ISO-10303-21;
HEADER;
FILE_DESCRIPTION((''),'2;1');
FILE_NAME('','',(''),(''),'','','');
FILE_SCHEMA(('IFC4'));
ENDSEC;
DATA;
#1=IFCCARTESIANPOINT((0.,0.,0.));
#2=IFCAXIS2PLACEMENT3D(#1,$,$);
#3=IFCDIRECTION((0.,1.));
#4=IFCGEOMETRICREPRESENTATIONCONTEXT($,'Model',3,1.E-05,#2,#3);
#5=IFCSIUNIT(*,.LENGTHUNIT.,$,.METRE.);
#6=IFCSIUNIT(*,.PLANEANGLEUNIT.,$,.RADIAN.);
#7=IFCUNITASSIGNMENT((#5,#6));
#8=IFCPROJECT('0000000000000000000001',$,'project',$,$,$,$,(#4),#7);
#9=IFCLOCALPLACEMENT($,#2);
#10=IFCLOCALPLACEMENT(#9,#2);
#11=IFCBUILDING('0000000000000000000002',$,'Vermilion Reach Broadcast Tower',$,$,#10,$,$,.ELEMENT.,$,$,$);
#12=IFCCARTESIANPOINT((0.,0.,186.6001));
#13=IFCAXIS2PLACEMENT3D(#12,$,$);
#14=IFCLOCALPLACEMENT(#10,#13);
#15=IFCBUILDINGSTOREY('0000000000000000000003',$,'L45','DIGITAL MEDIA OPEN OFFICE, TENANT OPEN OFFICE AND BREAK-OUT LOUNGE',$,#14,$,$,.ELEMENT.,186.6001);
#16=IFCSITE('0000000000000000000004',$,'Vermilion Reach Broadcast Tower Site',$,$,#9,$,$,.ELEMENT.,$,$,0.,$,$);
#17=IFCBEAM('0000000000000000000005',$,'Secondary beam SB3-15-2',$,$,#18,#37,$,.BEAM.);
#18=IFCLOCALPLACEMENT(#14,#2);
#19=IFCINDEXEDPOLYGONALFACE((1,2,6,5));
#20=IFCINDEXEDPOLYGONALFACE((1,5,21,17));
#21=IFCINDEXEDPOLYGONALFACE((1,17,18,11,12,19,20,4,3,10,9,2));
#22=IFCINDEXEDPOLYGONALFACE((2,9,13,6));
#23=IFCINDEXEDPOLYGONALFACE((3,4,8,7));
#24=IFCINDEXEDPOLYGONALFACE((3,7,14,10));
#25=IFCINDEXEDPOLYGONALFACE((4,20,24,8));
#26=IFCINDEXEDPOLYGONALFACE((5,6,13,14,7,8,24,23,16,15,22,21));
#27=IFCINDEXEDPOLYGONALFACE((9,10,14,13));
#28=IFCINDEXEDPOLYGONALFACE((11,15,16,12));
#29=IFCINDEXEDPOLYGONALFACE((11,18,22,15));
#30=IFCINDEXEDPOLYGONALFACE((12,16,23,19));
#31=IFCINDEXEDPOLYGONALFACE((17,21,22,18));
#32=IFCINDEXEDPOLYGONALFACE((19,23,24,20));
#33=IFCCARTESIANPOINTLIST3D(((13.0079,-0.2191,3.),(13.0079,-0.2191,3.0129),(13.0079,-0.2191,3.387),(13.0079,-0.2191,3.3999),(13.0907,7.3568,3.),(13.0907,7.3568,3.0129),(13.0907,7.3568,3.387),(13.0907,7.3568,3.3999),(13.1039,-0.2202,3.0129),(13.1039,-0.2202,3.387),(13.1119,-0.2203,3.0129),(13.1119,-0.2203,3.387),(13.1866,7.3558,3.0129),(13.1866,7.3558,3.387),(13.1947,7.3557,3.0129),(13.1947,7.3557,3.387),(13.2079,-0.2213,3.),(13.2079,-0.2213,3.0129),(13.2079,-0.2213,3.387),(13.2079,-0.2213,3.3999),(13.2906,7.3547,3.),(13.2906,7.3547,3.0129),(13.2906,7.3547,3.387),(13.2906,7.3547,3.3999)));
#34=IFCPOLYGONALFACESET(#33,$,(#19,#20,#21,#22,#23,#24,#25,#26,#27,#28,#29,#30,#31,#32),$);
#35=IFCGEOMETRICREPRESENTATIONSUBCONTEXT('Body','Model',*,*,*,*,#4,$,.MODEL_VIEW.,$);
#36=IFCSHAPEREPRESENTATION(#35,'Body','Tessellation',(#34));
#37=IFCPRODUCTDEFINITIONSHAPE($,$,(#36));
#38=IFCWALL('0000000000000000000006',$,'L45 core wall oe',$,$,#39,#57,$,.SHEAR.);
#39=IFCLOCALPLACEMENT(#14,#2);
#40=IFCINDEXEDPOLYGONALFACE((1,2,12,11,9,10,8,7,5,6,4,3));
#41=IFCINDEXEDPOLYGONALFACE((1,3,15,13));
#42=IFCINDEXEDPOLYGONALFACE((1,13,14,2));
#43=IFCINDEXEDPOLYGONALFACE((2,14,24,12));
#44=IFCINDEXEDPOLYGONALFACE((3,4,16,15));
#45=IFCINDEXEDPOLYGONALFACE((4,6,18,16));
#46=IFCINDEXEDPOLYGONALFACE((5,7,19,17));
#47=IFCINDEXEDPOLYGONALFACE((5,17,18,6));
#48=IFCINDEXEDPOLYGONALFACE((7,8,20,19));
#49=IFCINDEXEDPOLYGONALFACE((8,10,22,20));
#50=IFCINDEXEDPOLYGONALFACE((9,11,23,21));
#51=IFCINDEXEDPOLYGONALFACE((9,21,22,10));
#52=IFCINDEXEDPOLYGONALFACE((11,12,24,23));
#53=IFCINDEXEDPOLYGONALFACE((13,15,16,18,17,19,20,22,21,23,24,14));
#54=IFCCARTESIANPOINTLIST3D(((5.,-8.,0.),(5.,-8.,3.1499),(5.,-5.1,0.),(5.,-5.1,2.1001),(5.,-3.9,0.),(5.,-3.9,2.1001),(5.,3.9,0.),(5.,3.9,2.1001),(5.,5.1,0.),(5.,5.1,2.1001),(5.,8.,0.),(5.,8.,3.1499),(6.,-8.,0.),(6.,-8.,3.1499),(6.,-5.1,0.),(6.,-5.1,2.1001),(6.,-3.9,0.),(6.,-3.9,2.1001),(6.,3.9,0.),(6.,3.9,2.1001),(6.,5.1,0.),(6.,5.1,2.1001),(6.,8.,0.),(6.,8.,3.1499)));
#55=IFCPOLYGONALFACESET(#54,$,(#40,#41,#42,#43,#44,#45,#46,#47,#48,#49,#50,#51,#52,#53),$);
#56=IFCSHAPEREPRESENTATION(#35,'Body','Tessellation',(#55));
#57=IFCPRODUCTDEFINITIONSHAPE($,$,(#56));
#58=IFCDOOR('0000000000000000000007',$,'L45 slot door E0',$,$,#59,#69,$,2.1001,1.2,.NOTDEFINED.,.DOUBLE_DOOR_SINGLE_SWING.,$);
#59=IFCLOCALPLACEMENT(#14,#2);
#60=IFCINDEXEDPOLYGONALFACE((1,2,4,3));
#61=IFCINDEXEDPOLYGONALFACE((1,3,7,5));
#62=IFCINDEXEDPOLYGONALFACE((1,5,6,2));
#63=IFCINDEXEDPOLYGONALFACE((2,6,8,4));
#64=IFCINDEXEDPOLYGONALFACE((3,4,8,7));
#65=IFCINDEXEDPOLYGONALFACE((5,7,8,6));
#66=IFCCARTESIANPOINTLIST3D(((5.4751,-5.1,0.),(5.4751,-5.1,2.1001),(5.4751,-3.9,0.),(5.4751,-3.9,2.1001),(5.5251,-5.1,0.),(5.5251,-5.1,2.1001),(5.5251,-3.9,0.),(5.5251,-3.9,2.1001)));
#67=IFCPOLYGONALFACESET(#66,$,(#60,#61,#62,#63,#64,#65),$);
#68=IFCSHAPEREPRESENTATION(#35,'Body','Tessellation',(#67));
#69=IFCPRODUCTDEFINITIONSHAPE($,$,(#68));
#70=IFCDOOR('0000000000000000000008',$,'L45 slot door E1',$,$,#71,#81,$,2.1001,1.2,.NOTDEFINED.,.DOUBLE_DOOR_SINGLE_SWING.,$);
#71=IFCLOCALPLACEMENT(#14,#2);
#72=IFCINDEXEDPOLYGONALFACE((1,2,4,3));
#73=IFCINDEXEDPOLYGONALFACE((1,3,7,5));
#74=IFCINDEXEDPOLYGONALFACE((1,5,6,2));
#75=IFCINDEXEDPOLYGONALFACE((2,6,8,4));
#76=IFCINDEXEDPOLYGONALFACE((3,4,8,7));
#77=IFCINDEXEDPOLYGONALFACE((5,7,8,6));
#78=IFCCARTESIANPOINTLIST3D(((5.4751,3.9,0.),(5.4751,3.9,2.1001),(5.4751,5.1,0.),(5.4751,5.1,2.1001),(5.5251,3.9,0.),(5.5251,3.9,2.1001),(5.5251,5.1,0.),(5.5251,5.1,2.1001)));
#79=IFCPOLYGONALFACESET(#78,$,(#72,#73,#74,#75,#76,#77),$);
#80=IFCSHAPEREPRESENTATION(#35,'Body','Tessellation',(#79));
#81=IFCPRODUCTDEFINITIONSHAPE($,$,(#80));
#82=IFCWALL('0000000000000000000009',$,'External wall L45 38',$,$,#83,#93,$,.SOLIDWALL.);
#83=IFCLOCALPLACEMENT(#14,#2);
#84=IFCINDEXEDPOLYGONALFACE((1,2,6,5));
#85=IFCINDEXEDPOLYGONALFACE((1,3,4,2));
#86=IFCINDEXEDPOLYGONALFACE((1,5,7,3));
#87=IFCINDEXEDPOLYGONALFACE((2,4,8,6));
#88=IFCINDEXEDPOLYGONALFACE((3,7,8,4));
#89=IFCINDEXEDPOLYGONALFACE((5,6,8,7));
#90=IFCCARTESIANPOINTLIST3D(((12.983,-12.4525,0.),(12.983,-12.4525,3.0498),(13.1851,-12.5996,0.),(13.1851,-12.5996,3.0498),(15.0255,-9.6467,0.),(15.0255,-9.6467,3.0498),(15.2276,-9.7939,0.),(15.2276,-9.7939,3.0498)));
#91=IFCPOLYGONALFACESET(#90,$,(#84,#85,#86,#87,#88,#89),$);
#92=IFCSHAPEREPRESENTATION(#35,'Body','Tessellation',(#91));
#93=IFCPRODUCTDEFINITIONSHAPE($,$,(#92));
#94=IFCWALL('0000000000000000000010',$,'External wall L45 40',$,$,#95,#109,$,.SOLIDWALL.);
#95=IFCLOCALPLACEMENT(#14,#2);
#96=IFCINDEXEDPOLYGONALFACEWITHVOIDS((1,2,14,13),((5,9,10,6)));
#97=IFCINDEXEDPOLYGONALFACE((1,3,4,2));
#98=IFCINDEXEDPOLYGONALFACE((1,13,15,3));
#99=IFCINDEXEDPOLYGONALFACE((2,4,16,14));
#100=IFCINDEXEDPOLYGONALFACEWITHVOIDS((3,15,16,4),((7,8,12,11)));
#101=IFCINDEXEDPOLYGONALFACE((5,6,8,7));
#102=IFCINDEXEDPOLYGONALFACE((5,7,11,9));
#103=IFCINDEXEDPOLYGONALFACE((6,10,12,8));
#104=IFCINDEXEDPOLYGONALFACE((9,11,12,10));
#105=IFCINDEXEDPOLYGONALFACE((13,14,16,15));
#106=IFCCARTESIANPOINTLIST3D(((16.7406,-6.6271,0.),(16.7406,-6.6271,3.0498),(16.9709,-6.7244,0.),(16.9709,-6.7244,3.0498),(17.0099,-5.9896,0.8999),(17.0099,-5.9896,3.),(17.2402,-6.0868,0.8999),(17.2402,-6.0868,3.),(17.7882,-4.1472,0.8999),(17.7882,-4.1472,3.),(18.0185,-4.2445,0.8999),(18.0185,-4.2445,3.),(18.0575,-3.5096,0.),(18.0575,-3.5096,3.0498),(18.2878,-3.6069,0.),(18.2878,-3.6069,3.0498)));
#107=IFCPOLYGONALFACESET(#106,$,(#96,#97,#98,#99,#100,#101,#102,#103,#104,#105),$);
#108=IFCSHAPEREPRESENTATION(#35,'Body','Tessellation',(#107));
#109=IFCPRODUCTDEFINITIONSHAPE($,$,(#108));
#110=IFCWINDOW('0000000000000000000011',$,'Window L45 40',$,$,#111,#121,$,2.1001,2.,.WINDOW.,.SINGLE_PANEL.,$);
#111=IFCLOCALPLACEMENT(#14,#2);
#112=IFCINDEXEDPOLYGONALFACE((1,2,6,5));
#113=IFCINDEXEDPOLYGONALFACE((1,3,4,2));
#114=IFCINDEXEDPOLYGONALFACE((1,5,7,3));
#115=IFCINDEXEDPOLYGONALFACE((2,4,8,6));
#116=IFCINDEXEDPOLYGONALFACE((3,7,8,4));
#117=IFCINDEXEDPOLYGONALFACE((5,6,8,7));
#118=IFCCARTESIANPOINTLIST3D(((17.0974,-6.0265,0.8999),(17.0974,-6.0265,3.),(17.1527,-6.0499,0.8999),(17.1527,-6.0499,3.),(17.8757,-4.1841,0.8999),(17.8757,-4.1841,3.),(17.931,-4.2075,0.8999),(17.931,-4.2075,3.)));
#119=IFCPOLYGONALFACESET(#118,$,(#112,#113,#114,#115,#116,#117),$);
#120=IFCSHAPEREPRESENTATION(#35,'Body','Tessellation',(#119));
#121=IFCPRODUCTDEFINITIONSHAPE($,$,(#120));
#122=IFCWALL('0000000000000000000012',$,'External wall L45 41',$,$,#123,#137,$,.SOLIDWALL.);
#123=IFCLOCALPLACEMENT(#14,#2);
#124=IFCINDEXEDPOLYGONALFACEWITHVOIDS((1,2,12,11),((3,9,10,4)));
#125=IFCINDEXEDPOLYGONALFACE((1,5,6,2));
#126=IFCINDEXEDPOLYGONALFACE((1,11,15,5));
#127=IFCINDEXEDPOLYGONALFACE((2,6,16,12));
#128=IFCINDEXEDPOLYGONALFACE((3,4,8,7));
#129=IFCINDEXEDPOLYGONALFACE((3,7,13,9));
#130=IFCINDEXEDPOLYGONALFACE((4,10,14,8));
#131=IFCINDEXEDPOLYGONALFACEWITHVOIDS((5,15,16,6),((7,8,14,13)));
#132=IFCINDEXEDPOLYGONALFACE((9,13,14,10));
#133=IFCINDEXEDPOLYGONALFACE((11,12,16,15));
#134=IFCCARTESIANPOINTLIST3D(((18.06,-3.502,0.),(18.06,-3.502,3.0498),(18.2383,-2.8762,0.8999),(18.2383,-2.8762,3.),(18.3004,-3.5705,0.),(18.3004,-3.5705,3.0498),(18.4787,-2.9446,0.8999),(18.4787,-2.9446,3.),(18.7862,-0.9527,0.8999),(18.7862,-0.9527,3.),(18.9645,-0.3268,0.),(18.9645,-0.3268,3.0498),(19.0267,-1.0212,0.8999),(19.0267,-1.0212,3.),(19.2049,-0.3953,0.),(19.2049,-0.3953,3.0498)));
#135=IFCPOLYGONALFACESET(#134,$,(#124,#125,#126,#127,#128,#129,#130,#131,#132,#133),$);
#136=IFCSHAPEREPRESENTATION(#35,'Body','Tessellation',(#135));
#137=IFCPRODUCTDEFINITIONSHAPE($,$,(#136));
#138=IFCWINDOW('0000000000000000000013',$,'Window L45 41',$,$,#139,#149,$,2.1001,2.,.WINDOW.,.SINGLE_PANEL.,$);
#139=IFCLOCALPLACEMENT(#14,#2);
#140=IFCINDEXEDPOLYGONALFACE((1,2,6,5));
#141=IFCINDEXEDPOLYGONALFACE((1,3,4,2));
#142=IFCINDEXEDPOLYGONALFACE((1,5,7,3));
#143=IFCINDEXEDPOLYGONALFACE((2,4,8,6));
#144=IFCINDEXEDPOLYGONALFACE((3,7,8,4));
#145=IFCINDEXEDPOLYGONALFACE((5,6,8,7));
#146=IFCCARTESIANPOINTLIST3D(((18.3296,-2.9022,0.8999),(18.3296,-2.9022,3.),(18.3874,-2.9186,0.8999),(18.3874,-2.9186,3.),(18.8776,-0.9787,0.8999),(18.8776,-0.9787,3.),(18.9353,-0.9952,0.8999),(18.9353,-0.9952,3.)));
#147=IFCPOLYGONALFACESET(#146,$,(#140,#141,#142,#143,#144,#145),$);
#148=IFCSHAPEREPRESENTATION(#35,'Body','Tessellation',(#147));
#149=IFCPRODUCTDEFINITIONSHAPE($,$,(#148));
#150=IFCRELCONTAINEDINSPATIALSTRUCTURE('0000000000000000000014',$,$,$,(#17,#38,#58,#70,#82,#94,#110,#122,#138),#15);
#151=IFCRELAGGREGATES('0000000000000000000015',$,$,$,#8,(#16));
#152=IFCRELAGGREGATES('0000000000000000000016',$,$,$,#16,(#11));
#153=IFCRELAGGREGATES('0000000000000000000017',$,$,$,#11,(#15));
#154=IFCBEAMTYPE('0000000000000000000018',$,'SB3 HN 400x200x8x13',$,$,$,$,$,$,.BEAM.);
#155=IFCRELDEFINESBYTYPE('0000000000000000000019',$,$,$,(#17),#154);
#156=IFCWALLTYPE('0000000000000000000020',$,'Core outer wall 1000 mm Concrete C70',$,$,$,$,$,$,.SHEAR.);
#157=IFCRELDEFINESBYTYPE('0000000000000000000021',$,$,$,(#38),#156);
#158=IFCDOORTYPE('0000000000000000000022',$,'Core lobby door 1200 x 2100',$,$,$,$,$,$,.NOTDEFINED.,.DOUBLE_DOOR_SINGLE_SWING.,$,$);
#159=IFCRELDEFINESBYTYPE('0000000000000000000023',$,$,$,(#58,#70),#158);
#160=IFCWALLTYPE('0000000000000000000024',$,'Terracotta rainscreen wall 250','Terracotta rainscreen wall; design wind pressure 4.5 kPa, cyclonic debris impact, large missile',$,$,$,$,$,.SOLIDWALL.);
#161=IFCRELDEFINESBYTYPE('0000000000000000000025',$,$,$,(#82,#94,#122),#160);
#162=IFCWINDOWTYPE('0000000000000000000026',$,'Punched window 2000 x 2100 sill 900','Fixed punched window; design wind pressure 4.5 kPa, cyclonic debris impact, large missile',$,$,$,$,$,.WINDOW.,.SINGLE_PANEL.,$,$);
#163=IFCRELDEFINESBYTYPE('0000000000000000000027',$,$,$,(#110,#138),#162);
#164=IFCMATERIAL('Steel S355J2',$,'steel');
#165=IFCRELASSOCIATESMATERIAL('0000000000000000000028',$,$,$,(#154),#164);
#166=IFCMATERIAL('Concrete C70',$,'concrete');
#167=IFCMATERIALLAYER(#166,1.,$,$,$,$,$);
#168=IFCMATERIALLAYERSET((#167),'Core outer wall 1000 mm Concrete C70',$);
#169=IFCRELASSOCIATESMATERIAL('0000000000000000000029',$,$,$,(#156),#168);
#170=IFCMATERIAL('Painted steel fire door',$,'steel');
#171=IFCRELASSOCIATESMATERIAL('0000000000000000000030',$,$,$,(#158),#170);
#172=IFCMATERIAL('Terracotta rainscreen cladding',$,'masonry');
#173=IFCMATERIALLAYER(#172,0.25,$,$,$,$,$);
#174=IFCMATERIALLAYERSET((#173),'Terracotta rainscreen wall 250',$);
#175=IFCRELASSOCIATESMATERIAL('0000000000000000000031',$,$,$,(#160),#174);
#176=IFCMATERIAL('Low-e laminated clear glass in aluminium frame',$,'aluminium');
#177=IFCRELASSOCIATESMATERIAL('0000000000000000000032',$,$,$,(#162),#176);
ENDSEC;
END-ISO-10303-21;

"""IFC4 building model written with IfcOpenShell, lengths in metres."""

from ifc_helpers import new_model, si_unit, direction, frame, frame_2d, origin, origin_2d, place, context, subcontext, project, spatial, rectangle, i_section, extrude, material, layer, layer_set, material_profile, profile_set, type_object, element, fill, save


model = new_model("IFC4")

# Units and contexts
model_context = context("Model", 3, precision=1e-05, world=origin(), true_north=direction((0.0, 1.0)))
body_context = subcontext(model_context, "Body", "Model", "MODEL_VIEW")
ifc_project = project(units=[si_unit("LENGTHUNIT", "METRE"), si_unit("PLANEANGLEUNIT", "RADIAN")], contexts=[model_context])

# Site, building, storey
site_placement = place(None, origin())
site = spatial("IfcSite", under=ifc_project, at=site_placement, Name="Vermilion Reach Broadcast Tower Site", CompositionType="ELEMENT", RefElevation=0.0)
building_placement = place(site_placement, origin())
building = spatial("IfcBuilding", under=site, at=building_placement, Name="Vermilion Reach Broadcast Tower", CompositionType="ELEMENT")
storey_placement = place(building_placement, frame((0.0, 0.0, 186.6001)))
storey = spatial("IfcBuildingStorey", under=building, at=storey_placement, Name="L45", Description="DIGITAL MEDIA OPEN OFFICE, TENANT OPEN OFFICE AND BREAK-OUT LOUNGE", CompositionType="ELEMENT", Elevation=186.6001)

# Beam
ifc_material_1 = material(Name="Steel S355J2", Category="steel")
ifc_material_profile_1 = material_profile(ifc_material_1, i_section(OverallWidth=0.2, OverallDepth=0.3999, WebThickness=0.0081, FlangeThickness=0.0129, at=origin_2d()), Name="S355J2 HN 400x200x8x13")
ifc_profile_set_1 = profile_set([ifc_material_profile_1], Name="Steel S355J2")
beam_type_1 = type_object("IfcBeamType", Name="SB3 HN 400x200x8x13", PredefinedType="BEAM", material=ifc_profile_set_1)
beam_1_placement = place(storey_placement, frame((13.1079, -0.2202, 3.2), z_axis=(0.010924, 0.99994, 0.0), x_axis=(-0.99994, 0.010924, 0.0)))
element("IfcBeam", 1, at=beam_1_placement, inside=storey, type_object=beam_type_1, Name="Secondary beam SB3-15-2", PredefinedType="BEAM", context=body_context, shape_type="SweptSolid", body=[
    extrude(i_section(OverallWidth=0.2, OverallDepth=0.3999, WebThickness=0.0081, FlangeThickness=0.0129, at=origin_2d()), origin(), (0.0, 0.0, 1.0), 7.5764),
])

# Wall, openings, doors
ifc_material_2 = material(Name="Concrete C70", Category="concrete")
ifc_layer_1 = layer(ifc_material_2, 1.0)
ifc_layer_set_1 = layer_set([ifc_layer_1], Name="Core outer wall 1000 mm Concrete C70")
wall_type_1 = type_object("IfcWallType", Name="Core outer wall 1000 mm Concrete C70", PredefinedType="SHEAR", material=ifc_layer_set_1)
wall_1_placement = place(storey_placement, frame((5.5, -8.0, 0.0), z_axis=(0.0, 0.0, 1.0), x_axis=(0.0, 1.0, 0.0)))
wall_1 = element("IfcWall", 2, at=wall_1_placement, inside=storey, type_object=wall_type_1, Name="L45 core wall oe", PredefinedType="SHEAR", context=body_context, shape_type="SweptSolid", body=[
    extrude(rectangle(XDim=16.0, YDim=1.0, at=frame_2d((8.0, 0.0))), origin(), (0.0, 0.0, 1.0), 3.1499),
])
opening_1_placement = place(wall_1_placement, frame((2.8999, 0.0, 0.0)))
opening_1 = element("IfcOpeningElement", 3, at=opening_1_placement, cuts=wall_1, PredefinedType="OPENING", context=body_context, shape_type="SweptSolid", body=[
    extrude(rectangle(XDim=1.2, YDim=2.1001, at=frame_2d((0.6001, 1.05))), frame((0.0, 0.51, 0.0), z_axis=(0.0, -1.0, 0.0), x_axis=(1.0, 0.0, 0.0)), (0.0, 0.0, 1.0), 1.02),
])
opening_2_placement = place(wall_1_placement, frame((11.8999, 0.0, 0.0)))
opening_2 = element("IfcOpeningElement", 4, at=opening_2_placement, cuts=wall_1, PredefinedType="OPENING", context=body_context, shape_type="SweptSolid", body=[
    extrude(rectangle(XDim=1.2, YDim=2.1001, at=frame_2d((0.6001, 1.05))), frame((0.0, 0.51, 0.0), z_axis=(0.0, -1.0, 0.0), x_axis=(1.0, 0.0, 0.0)), (0.0, 0.0, 1.0), 1.02),
])
ifc_material_3 = material(Name="Painted steel fire door", Category="steel")
door_type_1 = type_object("IfcDoorType", Name="Core lobby door 1200 x 2100", OperationType="DOUBLE_DOOR_SINGLE_SWING", PredefinedType="NOTDEFINED", material=ifc_material_3)
door_1_placement = place(opening_1_placement, origin())
door_1 = element("IfcDoor", 5, at=door_1_placement, inside=storey, type_object=door_type_1, Name="L45 slot door E0", OperationType="DOUBLE_DOOR_SINGLE_SWING", OverallHeight=2.1001, OverallWidth=1.2, PredefinedType="NOTDEFINED", context=body_context, shape_type="SweptSolid", body=[
    extrude(rectangle(XDim=1.2, YDim=2.1001, at=frame_2d((0.6001, 1.05))), frame((0.0, 0.0249, 0.0), z_axis=(0.0, -1.0, 0.0), x_axis=(1.0, 0.0, 0.0)), (0.0, 0.0, 1.0), 0.05),
])
fill(opening_1, door_1)
door_2_placement = place(opening_2_placement, origin())
door_2 = element("IfcDoor", 6, at=door_2_placement, inside=storey, type_object=door_type_1, Name="L45 slot door E1", OperationType="DOUBLE_DOOR_SINGLE_SWING", OverallHeight=2.1001, OverallWidth=1.2, PredefinedType="NOTDEFINED", context=body_context, shape_type="SweptSolid", body=[
    extrude(rectangle(XDim=1.2, YDim=2.1001, at=frame_2d((0.6001, 1.05))), frame((0.0, 0.0249, 0.0), z_axis=(0.0, -1.0, 0.0), x_axis=(1.0, 0.0, 0.0)), (0.0, 0.0, 1.0), 0.05),
])
fill(opening_2, door_2)

# Wall
ifc_material_4 = material(Name="Terracotta rainscreen cladding", Category="masonry")
ifc_layer_2 = layer(ifc_material_4, 0.25)
ifc_layer_set_2 = layer_set([ifc_layer_2], Name="Terracotta rainscreen wall 250")
wall_type_2 = type_object("IfcWallType", Name="Terracotta rainscreen wall 250", Description="Terracotta rainscreen wall; design wind pressure 4.5 kPa, cyclonic debris impact, large missile", PredefinedType="SOLIDWALL", material=ifc_layer_set_2)
wall_2_placement = place(storey_placement, frame((13.084, -12.5261, 0.0), z_axis=(0.0, 0.0, 1.0), x_axis=(0.588548, 0.808462, 0.0)))
element("IfcWall", 7, at=wall_2_placement, inside=storey, type_object=wall_type_2, Name="External wall L45 38", PredefinedType="SOLIDWALL", context=body_context, shape_type="SweptSolid", body=[
    extrude(rectangle(XDim=3.4705, YDim=0.25, at=frame_2d((1.7354, 0.0))), origin(), (0.0, 0.0, 1.0), 3.0498),
])

# Walls, openings, windows
wall_3_placement = place(storey_placement, frame((16.8557, -6.6758, 0.0), z_axis=(0.0, 0.0, 1.0), x_axis=(0.389134, 0.921181, 0.0)))
wall_3 = element("IfcWall", 8, at=wall_3_placement, inside=storey, type_object=wall_type_2, Name="External wall L45 40", PredefinedType="SOLIDWALL", context=body_context, shape_type="SweptSolid", body=[
    extrude(rectangle(XDim=3.3843, YDim=0.25, at=frame_2d((1.6921, 0.0))), origin(), (0.0, 0.0, 1.0), 3.0498),
])
opening_3_placement = place(wall_3_placement, frame((0.6921, 0.0, 0.8999)))
opening_3 = element("IfcOpeningElement", 9, at=opening_3_placement, cuts=wall_3, PredefinedType="OPENING", context=body_context, shape_type="SweptSolid", body=[
    extrude(rectangle(XDim=2.0, YDim=2.1001, at=frame_2d((1.0, 1.05))), frame((0.0, 0.135, 0.0), z_axis=(0.0, -1.0, 0.0), x_axis=(1.0, 0.0, 0.0)), (0.0, 0.0, 1.0), 0.27),
])
ifc_material_5 = material(Name="Low-e laminated clear glass in aluminium frame", Category="aluminium")
window_type = type_object("IfcWindowType", Name="Punched window 2000 x 2100 sill 900", Description="Fixed punched window; design wind pressure 4.5 kPa, cyclonic debris impact, large missile", PartitioningType="SINGLE_PANEL", PredefinedType="WINDOW", material=ifc_material_5)
window_1_placement = place(opening_3_placement, origin())
window_1 = element("IfcWindow", 10, at=window_1_placement, inside=storey, type_object=window_type, Name="Window L45 40", OverallHeight=2.1001, OverallWidth=2.0, PartitioningType="SINGLE_PANEL", PredefinedType="WINDOW", context=body_context, shape_type="SweptSolid", body=[
    extrude(rectangle(XDim=2.0, YDim=2.1001, at=frame_2d((1.0, 1.05))), frame((0.0, 0.03, 0.0), z_axis=(0.0, -1.0, 0.0), x_axis=(1.0, 0.0, 0.0)), (0.0, 0.0, 1.0), 0.0601),
])
fill(opening_3, window_1)
wall_4_placement = place(storey_placement, frame((18.1802, -3.5364, 0.0), z_axis=(0.0, 0.0, 1.0), x_axis=(0.273969, 0.961739, 0.0)))
wall_4 = element("IfcWall", 11, at=wall_4_placement, inside=storey, type_object=wall_type_2, Name="External wall L45 41", PredefinedType="SOLIDWALL", context=body_context, shape_type="SweptSolid", body=[
    extrude(rectangle(XDim=3.3015, YDim=0.25, at=frame_2d((1.6509, 0.0))), origin(), (0.0, 0.0, 1.0), 3.0498),
])
opening_4_placement = place(wall_4_placement, frame((0.6509, 0.0, 0.8999)))
opening_4 = element("IfcOpeningElement", 12, at=opening_4_placement, cuts=wall_4, PredefinedType="OPENING", context=body_context, shape_type="SweptSolid", body=[
    extrude(rectangle(XDim=2.0, YDim=2.1001, at=frame_2d((1.0, 1.05))), frame((0.0, 0.135, 0.0), z_axis=(0.0, -1.0, 0.0), x_axis=(1.0, 0.0, 0.0)), (0.0, 0.0, 1.0), 0.27),
])
window_2_placement = place(opening_4_placement, origin())
window_2 = element("IfcWindow", 13, at=window_2_placement, inside=storey, type_object=window_type, Name="Window L45 41", OverallHeight=2.1001, OverallWidth=2.0, PartitioningType="SINGLE_PANEL", PredefinedType="WINDOW", context=body_context, shape_type="SweptSolid", body=[
    extrude(rectangle(XDim=2.0, YDim=2.1001, at=frame_2d((1.0, 1.05))), frame((0.0, 0.03, 0.0), z_axis=(0.0, -1.0, 0.0), x_axis=(1.0, 0.0, 0.0)), (0.0, 0.0, 1.0), 0.0601),
])
fill(opening_4, window_2)

save(model, "model.ifc")
